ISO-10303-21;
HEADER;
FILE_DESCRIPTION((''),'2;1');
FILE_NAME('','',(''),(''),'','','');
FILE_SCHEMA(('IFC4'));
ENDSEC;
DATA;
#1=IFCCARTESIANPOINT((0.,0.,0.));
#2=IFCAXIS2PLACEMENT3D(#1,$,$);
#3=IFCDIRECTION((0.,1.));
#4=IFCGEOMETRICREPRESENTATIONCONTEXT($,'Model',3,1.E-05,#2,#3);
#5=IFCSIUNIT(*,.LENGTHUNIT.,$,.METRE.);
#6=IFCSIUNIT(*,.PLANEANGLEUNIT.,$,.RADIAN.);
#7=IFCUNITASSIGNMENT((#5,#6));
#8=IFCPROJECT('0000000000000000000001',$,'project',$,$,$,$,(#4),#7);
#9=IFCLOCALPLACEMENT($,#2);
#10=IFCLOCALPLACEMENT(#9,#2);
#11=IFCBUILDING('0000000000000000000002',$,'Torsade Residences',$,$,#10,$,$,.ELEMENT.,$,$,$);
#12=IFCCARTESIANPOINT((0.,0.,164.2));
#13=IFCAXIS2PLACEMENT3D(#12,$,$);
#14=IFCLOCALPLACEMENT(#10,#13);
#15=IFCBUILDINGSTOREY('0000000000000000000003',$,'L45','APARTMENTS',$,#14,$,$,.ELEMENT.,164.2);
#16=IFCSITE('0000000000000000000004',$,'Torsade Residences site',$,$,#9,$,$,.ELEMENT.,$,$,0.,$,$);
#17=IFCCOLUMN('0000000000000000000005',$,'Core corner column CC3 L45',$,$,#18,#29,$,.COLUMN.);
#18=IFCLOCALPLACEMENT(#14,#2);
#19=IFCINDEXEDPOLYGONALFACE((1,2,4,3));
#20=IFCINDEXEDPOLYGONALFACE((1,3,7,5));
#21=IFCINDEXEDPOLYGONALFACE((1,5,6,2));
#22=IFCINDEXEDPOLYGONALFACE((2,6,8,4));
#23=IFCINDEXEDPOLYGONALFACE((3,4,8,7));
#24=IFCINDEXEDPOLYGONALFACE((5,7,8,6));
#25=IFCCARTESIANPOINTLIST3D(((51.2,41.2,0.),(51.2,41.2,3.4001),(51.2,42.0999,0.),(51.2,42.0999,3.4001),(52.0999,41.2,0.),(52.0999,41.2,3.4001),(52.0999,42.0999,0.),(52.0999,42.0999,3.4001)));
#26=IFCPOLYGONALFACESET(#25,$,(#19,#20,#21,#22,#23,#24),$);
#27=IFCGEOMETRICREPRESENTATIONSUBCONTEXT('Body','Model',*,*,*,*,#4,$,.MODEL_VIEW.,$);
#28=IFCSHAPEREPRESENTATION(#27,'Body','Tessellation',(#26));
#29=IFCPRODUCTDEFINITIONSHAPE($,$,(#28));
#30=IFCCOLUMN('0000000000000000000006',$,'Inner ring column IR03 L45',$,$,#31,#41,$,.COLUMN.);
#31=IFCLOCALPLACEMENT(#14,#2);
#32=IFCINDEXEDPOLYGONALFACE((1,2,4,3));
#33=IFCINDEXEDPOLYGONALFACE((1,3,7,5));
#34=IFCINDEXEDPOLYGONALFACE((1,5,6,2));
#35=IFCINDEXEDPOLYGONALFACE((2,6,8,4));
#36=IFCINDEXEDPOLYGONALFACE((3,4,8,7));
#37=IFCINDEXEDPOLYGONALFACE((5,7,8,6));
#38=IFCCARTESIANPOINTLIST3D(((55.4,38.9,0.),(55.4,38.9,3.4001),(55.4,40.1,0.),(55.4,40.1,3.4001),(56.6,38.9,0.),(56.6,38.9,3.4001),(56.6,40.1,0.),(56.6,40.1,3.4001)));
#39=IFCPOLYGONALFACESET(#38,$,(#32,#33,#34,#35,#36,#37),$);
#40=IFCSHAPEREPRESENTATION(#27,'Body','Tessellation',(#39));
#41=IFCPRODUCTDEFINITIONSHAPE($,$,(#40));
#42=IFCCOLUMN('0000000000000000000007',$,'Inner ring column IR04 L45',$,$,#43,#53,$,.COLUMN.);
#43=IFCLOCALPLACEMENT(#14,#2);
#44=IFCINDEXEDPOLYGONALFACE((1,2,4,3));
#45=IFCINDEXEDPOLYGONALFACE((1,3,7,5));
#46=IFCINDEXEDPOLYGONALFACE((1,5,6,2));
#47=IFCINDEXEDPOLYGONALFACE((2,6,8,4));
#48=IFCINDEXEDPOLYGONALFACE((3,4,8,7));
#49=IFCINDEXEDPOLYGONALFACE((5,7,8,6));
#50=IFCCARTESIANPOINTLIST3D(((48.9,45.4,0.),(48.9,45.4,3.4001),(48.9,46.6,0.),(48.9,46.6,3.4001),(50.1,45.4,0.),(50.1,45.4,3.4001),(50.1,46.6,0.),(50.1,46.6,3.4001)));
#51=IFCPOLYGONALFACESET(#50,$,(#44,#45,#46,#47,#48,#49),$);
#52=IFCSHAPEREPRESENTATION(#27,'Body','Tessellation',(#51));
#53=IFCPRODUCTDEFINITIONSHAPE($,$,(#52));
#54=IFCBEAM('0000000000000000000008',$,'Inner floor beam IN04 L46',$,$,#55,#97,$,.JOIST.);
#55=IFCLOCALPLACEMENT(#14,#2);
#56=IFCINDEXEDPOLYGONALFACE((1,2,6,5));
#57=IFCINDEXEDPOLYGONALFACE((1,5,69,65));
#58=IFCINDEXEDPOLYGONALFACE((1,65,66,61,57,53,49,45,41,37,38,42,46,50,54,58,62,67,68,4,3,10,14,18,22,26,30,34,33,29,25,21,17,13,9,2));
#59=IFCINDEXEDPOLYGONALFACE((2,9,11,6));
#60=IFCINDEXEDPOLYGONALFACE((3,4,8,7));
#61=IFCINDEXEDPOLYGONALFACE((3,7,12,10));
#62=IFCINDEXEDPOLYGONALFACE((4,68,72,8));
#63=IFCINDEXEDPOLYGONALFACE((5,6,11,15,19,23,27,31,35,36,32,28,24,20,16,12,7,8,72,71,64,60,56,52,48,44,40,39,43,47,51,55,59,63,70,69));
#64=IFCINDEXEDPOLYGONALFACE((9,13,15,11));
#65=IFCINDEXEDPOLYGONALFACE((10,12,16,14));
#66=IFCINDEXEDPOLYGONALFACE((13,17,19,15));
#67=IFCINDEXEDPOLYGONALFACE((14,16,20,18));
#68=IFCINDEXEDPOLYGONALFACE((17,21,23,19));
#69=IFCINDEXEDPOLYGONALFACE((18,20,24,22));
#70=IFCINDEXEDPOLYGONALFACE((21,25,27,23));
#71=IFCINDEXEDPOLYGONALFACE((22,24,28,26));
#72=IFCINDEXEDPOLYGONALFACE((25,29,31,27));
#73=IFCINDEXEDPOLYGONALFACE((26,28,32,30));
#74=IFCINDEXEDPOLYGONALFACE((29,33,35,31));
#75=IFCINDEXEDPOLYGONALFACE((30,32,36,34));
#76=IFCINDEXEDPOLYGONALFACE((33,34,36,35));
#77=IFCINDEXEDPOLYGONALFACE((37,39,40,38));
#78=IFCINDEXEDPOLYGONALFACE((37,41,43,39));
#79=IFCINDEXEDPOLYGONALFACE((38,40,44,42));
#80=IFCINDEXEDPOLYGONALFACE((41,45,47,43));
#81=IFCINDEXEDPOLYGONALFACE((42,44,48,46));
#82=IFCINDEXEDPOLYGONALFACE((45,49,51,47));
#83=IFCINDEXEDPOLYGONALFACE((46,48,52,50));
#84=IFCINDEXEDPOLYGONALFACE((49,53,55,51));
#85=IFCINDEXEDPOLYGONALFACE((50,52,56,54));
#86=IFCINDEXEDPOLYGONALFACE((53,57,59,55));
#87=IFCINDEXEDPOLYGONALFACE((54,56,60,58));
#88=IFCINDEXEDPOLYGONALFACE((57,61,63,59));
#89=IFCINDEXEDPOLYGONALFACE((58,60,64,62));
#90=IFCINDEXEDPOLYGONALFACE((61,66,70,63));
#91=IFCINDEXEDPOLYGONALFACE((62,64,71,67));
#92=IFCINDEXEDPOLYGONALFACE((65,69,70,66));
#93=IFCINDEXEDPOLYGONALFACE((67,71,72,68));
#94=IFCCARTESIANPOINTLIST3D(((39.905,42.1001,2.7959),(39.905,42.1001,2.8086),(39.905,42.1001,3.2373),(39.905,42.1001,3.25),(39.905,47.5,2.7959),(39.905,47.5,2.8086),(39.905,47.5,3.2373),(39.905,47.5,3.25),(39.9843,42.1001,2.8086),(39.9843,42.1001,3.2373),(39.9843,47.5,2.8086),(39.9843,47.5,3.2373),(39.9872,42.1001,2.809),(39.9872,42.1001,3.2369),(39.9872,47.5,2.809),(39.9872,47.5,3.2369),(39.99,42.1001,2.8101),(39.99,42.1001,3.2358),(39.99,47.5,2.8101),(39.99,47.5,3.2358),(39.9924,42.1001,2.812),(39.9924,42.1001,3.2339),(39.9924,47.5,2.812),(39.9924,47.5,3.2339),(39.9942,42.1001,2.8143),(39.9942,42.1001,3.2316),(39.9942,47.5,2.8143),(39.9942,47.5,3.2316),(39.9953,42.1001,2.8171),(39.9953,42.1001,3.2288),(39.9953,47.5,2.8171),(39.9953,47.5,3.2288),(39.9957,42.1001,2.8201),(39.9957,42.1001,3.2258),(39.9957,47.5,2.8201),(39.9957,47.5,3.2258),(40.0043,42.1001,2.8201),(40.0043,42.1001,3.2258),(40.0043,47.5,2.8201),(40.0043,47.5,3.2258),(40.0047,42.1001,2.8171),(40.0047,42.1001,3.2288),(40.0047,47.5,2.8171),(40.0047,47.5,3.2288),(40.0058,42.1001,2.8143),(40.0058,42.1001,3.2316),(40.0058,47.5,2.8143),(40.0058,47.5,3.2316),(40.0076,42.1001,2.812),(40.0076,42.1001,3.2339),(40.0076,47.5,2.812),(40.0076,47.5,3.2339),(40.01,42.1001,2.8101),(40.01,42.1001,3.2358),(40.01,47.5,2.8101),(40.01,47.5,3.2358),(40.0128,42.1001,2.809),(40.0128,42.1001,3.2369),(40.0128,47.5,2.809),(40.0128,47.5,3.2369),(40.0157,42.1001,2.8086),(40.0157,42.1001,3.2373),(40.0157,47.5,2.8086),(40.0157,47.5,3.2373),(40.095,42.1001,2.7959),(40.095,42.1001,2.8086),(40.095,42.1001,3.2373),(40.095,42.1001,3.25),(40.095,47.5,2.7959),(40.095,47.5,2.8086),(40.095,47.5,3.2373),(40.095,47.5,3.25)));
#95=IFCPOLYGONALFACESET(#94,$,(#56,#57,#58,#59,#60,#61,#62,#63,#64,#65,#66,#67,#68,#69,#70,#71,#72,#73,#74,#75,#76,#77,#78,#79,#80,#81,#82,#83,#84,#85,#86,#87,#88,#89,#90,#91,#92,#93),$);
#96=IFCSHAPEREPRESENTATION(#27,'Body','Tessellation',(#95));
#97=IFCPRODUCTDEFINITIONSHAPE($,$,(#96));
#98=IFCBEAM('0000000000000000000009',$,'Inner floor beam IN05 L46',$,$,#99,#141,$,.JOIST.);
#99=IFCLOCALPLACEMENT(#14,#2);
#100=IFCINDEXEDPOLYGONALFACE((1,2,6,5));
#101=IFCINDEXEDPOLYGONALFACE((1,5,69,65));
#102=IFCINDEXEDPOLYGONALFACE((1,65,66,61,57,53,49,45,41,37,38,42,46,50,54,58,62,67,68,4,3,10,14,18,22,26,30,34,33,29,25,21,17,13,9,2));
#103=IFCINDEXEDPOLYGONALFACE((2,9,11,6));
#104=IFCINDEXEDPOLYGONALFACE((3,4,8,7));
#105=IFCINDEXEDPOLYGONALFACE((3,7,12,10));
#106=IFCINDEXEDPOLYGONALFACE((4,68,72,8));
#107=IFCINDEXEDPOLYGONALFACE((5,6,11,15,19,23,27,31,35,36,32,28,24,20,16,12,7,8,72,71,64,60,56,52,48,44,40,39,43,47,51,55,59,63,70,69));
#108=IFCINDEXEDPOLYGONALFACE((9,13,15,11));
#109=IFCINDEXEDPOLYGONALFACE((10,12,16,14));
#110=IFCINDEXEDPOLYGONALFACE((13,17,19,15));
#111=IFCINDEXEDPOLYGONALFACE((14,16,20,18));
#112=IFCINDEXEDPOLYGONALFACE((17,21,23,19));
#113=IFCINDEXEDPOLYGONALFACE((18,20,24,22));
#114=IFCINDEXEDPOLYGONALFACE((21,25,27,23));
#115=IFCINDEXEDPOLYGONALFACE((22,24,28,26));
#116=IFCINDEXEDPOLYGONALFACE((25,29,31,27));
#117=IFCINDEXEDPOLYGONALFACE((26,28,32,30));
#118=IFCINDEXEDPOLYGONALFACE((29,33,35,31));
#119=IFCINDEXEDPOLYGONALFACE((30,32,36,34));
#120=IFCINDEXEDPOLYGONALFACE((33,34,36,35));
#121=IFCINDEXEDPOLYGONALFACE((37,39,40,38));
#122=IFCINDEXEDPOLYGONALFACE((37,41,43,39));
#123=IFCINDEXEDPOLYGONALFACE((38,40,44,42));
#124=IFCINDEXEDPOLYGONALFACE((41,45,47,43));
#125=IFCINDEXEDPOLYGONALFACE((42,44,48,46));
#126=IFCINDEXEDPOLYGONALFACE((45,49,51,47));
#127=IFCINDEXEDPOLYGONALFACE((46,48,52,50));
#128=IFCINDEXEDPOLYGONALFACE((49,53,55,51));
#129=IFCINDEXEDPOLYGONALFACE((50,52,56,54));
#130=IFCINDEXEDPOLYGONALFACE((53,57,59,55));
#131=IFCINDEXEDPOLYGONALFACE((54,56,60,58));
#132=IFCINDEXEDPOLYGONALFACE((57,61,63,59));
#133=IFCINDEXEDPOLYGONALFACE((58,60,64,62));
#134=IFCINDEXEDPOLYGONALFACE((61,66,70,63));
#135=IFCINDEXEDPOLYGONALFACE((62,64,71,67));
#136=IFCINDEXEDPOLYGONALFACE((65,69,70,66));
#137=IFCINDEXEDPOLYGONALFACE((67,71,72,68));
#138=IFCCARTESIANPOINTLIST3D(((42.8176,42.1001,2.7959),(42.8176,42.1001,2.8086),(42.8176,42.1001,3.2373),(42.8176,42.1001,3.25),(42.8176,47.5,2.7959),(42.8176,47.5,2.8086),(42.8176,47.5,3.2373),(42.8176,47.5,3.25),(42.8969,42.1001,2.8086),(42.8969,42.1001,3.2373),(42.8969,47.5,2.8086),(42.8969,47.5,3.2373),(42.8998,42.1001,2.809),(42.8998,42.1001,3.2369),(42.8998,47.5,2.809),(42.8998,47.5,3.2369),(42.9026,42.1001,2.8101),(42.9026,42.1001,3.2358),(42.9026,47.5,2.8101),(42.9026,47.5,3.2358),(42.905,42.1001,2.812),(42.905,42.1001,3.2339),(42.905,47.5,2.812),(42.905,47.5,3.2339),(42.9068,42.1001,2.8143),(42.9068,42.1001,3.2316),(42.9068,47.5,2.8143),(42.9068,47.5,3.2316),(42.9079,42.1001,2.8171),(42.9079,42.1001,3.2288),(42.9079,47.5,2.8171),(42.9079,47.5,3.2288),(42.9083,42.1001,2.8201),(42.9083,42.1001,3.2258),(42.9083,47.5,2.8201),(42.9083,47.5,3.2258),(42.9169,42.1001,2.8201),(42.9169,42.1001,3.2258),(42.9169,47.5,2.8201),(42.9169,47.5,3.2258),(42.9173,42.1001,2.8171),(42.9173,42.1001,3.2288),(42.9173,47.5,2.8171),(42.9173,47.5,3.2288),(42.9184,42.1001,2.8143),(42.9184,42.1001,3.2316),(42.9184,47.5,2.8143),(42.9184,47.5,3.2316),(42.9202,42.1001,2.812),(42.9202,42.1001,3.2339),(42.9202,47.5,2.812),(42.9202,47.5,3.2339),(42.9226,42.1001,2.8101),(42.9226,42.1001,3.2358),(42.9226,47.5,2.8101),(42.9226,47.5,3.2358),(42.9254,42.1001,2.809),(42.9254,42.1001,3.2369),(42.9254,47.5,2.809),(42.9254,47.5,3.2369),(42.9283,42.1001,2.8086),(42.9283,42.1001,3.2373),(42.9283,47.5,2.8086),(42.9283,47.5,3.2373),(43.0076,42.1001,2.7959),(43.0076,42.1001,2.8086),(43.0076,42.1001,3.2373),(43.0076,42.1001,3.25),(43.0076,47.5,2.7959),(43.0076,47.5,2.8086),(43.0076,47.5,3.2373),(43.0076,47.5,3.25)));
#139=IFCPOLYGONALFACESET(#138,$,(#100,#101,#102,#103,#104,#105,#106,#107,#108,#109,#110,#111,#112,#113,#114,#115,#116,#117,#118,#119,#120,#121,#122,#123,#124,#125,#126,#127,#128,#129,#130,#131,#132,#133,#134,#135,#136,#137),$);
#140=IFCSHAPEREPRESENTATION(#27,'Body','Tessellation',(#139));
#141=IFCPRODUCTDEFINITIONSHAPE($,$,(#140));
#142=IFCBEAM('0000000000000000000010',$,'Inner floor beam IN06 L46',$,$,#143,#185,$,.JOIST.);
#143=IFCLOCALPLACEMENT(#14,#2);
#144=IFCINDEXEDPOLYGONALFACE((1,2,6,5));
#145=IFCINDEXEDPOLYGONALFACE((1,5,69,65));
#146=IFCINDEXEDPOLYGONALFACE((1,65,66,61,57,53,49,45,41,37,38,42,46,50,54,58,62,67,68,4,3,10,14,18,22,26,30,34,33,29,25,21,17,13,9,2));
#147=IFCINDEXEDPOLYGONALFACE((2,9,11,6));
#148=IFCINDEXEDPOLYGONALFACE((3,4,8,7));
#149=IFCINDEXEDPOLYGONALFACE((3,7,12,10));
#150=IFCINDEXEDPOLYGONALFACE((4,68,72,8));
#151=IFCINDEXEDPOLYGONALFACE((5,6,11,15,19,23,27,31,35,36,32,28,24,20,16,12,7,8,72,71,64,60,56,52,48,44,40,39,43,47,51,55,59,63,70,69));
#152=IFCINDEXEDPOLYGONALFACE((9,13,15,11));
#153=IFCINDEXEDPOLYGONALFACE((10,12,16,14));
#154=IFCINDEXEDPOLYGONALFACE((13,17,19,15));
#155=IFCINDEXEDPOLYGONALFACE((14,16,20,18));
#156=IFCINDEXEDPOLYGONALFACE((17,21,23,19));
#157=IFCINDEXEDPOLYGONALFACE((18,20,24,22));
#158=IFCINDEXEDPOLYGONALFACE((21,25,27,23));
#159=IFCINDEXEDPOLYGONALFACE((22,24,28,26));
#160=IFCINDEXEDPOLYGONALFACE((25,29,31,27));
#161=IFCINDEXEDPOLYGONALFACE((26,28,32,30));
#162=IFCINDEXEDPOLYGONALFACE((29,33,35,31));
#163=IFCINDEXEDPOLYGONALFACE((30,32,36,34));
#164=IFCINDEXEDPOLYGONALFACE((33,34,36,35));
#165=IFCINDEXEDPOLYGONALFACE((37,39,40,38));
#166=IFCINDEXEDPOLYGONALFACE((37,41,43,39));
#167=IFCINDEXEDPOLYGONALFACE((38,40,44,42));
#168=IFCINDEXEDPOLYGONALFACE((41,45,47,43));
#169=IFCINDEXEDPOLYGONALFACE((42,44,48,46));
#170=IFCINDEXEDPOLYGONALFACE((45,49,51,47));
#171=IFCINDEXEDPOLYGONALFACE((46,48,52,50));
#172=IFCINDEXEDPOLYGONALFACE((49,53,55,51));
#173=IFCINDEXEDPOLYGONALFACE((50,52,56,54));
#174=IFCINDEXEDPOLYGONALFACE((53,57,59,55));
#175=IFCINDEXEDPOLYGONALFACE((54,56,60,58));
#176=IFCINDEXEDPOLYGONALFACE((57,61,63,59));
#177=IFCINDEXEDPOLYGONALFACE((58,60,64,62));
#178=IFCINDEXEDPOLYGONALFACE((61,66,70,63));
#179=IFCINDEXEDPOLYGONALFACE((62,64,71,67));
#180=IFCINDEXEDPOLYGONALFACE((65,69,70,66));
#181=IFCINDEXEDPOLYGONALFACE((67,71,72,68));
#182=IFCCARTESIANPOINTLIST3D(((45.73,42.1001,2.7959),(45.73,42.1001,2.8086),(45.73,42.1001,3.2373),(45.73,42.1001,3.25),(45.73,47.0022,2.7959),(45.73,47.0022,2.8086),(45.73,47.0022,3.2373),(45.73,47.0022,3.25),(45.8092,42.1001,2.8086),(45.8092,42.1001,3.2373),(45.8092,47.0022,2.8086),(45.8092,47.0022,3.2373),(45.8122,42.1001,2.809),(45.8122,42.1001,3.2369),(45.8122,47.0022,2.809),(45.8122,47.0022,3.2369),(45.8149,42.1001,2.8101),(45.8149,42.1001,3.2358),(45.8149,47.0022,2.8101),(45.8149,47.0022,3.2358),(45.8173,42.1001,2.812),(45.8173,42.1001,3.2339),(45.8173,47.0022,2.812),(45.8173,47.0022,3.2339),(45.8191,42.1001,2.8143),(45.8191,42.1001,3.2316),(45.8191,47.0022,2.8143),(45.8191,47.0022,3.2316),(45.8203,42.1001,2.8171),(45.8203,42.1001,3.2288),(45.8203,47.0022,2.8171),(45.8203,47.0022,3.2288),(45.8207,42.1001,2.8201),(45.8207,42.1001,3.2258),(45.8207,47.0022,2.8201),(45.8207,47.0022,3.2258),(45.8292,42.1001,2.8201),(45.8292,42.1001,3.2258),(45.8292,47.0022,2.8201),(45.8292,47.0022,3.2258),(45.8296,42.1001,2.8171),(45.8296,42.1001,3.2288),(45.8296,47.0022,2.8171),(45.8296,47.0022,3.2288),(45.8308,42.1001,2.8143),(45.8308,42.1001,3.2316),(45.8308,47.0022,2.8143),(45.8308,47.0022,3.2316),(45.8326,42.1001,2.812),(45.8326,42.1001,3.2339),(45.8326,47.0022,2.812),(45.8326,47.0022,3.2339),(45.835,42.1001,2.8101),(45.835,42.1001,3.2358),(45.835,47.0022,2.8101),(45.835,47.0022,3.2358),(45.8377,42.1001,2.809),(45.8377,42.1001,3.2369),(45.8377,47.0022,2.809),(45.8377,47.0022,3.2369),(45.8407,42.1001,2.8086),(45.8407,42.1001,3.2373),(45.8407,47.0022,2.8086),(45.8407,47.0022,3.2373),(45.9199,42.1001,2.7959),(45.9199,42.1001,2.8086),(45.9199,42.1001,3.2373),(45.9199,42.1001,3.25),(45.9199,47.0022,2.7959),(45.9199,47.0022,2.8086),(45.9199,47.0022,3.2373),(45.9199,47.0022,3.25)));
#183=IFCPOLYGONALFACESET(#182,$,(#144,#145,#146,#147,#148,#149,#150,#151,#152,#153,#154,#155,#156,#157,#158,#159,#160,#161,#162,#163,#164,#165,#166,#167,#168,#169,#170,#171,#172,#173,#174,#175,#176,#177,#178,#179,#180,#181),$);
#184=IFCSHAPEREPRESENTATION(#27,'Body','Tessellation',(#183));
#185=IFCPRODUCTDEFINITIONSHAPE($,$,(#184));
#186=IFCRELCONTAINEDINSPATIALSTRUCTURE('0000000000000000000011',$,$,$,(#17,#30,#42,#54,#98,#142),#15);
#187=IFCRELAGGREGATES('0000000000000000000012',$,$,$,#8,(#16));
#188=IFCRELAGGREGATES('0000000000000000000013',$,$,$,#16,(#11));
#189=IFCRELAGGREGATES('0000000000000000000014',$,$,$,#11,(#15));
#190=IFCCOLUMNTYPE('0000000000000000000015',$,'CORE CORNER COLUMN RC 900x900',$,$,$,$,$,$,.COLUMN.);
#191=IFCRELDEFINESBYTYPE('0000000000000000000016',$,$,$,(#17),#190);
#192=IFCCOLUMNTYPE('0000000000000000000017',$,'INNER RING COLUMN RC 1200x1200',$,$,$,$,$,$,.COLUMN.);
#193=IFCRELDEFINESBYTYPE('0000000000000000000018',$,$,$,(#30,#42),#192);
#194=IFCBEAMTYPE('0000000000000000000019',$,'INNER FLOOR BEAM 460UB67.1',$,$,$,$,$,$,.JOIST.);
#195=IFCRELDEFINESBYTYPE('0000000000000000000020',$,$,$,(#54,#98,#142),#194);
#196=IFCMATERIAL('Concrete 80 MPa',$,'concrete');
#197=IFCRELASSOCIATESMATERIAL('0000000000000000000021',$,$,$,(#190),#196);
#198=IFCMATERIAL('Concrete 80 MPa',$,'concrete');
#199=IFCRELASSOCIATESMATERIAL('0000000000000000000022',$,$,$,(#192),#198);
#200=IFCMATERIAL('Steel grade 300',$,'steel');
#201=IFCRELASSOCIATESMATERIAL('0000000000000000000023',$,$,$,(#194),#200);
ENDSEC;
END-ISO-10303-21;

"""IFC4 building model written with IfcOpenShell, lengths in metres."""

from ifc_helpers import new_model, si_unit, direction, frame, origin, origin_2d, place, context, subcontext, project, spatial, rectangle, i_section, extrude, material, material_profile, profile_set, type_object, element, save


model = new_model("IFC4")

# Units and contexts
model_context = context("Model", 3, precision=1e-05, world=origin(), true_north=direction((0.0, 1.0)))
body_context = subcontext(model_context, "Body", "Model", "MODEL_VIEW")
ifc_project = project(units=[si_unit("LENGTHUNIT", "METRE"), si_unit("PLANEANGLEUNIT", "RADIAN")], contexts=[model_context])

# Site, building, storey
site_placement = place(None, origin())
site = spatial("IfcSite", under=ifc_project, at=site_placement, Name="Torsade Residences site", CompositionType="ELEMENT", RefElevation=0.0)
building_placement = place(site_placement, origin())
building = spatial("IfcBuilding", under=site, at=building_placement, Name="Torsade Residences", CompositionType="ELEMENT")
storey_placement = place(building_placement, frame((0.0, 0.0, 164.2)))
storey = spatial("IfcBuildingStorey", under=building, at=storey_placement, Name="L45", Description="APARTMENTS", CompositionType="ELEMENT", Elevation=164.2)

# Columns
ifc_material_1 = material(Name="Concrete 80 MPa", Category="concrete")
ifc_material_profile_1 = material_profile(ifc_material_1, rectangle(XDim=0.8999, YDim=0.8999, at=origin_2d()), Name="RC 900x900")
ifc_profile_set_1 = profile_set([ifc_material_profile_1], Name="Concrete 80 MPa")
column_type_1 = type_object("IfcColumnType", Name="CORE CORNER COLUMN RC 900x900", PredefinedType="COLUMN", material=ifc_profile_set_1)
column_placement = place(storey_placement, frame((51.6499, 41.6499, 0.0), z_axis=(0.0, 0.0, 1.0), x_axis=(1.0, 0.0, 0.0)))
element("IfcColumn", 1, at=column_placement, inside=storey, type_object=column_type_1, Name="Core corner column CC3 L45", PredefinedType="COLUMN", context=body_context, shape_type="SweptSolid", body=[
    extrude(rectangle(XDim=0.8999, YDim=0.8999, at=origin_2d()), origin(), (0.0, 0.0, 1.0), 3.4001),
])
ifc_material_2 = material(Name="Concrete 80 MPa", Category="concrete")
ifc_material_profile_2 = material_profile(ifc_material_2, rectangle(XDim=1.2, YDim=1.2, at=origin_2d()), Name="RC 1200x1200")
ifc_profile_set_2 = profile_set([ifc_material_profile_2], Name="Concrete 80 MPa")
column_type_2 = type_object("IfcColumnType", Name="INNER RING COLUMN RC 1200x1200", PredefinedType="COLUMN", material=ifc_profile_set_2)
for number, where, z_axis, x_axis, name in (
    (2, (56.0, 39.5, 0.0), (0.0, 0.0, 1.0), (1.0, 0.0, 0.0), "Inner ring column IR03 L45"),
    (3, (49.5, 46.0, 0.0), (0.0, 0.0, 1.0), (1.0, 0.0, 0.0), "Inner ring column IR04 L45"),
):
    element("IfcColumn", number, at=place(storey_placement, frame(where, z_axis=z_axis, x_axis=x_axis)), inside=storey, type_object=column_type_2, Name=name, PredefinedType="COLUMN", context=body_context, shape_type="SweptSolid", body=[
        extrude(rectangle(XDim=1.2, YDim=1.2, at=origin_2d()), origin(), (0.0, 0.0, 1.0), 3.4001),
    ])

# Beams
ifc_material_3 = material(Name="Steel grade 300", Category="steel")
ifc_material_profile_3 = material_profile(ifc_material_3, i_section(OverallWidth=0.1899, OverallDepth=0.4541, WebThickness=0.0085, FlangeThickness=0.0127, FilletRadius=0.0115, at=origin_2d()), Name="460UB67.1")
ifc_profile_set_3 = profile_set([ifc_material_profile_3], Name="Steel grade 300")
beam_type_1 = type_object("IfcBeamType", Name="INNER FLOOR BEAM 460UB67.1", PredefinedType="JOIST", material=ifc_profile_set_3)
for number, where, z_axis, x_axis, name in (
    (4, (40.0, 42.1001, 3.0229), (0.0, 1.0, 0.0), (-1.0, 0.0, 0.0), "Inner floor beam IN04 L46"),
    (5, (42.9126, 42.1001, 3.0229), (0.0, 1.0, 0.0), (-1.0, 0.0, 0.0), "Inner floor beam IN05 L46"),
):
    element("IfcBeam", number, at=place(storey_placement, frame(where, z_axis=z_axis, x_axis=x_axis)), inside=storey, type_object=beam_type_1, Name=name, PredefinedType="JOIST", context=body_context, shape_type="SweptSolid", body=[
        extrude(i_section(OverallWidth=0.1899, OverallDepth=0.4541, WebThickness=0.0085, FlangeThickness=0.0127, FilletRadius=0.0115, at=origin_2d()), origin(), (0.0, 0.0, 1.0), 5.3999),
    ])
beam_1_placement = place(storey_placement, frame((45.825, 42.1001, 3.0229), z_axis=(0.0, 1.0, 0.0), x_axis=(-1.0, 0.0, 0.0)))
element("IfcBeam", 6, at=beam_1_placement, inside=storey, type_object=beam_type_1, Name="Inner floor beam IN06 L46", PredefinedType="JOIST", context=body_context, shape_type="SweptSolid", body=[
    extrude(i_section(OverallWidth=0.1899, OverallDepth=0.4541, WebThickness=0.0085, FlangeThickness=0.0127, FilletRadius=0.0115, at=origin_2d()), origin(), (0.0, 0.0, 1.0), 4.9021),
])

save(model, "model.ifc")
